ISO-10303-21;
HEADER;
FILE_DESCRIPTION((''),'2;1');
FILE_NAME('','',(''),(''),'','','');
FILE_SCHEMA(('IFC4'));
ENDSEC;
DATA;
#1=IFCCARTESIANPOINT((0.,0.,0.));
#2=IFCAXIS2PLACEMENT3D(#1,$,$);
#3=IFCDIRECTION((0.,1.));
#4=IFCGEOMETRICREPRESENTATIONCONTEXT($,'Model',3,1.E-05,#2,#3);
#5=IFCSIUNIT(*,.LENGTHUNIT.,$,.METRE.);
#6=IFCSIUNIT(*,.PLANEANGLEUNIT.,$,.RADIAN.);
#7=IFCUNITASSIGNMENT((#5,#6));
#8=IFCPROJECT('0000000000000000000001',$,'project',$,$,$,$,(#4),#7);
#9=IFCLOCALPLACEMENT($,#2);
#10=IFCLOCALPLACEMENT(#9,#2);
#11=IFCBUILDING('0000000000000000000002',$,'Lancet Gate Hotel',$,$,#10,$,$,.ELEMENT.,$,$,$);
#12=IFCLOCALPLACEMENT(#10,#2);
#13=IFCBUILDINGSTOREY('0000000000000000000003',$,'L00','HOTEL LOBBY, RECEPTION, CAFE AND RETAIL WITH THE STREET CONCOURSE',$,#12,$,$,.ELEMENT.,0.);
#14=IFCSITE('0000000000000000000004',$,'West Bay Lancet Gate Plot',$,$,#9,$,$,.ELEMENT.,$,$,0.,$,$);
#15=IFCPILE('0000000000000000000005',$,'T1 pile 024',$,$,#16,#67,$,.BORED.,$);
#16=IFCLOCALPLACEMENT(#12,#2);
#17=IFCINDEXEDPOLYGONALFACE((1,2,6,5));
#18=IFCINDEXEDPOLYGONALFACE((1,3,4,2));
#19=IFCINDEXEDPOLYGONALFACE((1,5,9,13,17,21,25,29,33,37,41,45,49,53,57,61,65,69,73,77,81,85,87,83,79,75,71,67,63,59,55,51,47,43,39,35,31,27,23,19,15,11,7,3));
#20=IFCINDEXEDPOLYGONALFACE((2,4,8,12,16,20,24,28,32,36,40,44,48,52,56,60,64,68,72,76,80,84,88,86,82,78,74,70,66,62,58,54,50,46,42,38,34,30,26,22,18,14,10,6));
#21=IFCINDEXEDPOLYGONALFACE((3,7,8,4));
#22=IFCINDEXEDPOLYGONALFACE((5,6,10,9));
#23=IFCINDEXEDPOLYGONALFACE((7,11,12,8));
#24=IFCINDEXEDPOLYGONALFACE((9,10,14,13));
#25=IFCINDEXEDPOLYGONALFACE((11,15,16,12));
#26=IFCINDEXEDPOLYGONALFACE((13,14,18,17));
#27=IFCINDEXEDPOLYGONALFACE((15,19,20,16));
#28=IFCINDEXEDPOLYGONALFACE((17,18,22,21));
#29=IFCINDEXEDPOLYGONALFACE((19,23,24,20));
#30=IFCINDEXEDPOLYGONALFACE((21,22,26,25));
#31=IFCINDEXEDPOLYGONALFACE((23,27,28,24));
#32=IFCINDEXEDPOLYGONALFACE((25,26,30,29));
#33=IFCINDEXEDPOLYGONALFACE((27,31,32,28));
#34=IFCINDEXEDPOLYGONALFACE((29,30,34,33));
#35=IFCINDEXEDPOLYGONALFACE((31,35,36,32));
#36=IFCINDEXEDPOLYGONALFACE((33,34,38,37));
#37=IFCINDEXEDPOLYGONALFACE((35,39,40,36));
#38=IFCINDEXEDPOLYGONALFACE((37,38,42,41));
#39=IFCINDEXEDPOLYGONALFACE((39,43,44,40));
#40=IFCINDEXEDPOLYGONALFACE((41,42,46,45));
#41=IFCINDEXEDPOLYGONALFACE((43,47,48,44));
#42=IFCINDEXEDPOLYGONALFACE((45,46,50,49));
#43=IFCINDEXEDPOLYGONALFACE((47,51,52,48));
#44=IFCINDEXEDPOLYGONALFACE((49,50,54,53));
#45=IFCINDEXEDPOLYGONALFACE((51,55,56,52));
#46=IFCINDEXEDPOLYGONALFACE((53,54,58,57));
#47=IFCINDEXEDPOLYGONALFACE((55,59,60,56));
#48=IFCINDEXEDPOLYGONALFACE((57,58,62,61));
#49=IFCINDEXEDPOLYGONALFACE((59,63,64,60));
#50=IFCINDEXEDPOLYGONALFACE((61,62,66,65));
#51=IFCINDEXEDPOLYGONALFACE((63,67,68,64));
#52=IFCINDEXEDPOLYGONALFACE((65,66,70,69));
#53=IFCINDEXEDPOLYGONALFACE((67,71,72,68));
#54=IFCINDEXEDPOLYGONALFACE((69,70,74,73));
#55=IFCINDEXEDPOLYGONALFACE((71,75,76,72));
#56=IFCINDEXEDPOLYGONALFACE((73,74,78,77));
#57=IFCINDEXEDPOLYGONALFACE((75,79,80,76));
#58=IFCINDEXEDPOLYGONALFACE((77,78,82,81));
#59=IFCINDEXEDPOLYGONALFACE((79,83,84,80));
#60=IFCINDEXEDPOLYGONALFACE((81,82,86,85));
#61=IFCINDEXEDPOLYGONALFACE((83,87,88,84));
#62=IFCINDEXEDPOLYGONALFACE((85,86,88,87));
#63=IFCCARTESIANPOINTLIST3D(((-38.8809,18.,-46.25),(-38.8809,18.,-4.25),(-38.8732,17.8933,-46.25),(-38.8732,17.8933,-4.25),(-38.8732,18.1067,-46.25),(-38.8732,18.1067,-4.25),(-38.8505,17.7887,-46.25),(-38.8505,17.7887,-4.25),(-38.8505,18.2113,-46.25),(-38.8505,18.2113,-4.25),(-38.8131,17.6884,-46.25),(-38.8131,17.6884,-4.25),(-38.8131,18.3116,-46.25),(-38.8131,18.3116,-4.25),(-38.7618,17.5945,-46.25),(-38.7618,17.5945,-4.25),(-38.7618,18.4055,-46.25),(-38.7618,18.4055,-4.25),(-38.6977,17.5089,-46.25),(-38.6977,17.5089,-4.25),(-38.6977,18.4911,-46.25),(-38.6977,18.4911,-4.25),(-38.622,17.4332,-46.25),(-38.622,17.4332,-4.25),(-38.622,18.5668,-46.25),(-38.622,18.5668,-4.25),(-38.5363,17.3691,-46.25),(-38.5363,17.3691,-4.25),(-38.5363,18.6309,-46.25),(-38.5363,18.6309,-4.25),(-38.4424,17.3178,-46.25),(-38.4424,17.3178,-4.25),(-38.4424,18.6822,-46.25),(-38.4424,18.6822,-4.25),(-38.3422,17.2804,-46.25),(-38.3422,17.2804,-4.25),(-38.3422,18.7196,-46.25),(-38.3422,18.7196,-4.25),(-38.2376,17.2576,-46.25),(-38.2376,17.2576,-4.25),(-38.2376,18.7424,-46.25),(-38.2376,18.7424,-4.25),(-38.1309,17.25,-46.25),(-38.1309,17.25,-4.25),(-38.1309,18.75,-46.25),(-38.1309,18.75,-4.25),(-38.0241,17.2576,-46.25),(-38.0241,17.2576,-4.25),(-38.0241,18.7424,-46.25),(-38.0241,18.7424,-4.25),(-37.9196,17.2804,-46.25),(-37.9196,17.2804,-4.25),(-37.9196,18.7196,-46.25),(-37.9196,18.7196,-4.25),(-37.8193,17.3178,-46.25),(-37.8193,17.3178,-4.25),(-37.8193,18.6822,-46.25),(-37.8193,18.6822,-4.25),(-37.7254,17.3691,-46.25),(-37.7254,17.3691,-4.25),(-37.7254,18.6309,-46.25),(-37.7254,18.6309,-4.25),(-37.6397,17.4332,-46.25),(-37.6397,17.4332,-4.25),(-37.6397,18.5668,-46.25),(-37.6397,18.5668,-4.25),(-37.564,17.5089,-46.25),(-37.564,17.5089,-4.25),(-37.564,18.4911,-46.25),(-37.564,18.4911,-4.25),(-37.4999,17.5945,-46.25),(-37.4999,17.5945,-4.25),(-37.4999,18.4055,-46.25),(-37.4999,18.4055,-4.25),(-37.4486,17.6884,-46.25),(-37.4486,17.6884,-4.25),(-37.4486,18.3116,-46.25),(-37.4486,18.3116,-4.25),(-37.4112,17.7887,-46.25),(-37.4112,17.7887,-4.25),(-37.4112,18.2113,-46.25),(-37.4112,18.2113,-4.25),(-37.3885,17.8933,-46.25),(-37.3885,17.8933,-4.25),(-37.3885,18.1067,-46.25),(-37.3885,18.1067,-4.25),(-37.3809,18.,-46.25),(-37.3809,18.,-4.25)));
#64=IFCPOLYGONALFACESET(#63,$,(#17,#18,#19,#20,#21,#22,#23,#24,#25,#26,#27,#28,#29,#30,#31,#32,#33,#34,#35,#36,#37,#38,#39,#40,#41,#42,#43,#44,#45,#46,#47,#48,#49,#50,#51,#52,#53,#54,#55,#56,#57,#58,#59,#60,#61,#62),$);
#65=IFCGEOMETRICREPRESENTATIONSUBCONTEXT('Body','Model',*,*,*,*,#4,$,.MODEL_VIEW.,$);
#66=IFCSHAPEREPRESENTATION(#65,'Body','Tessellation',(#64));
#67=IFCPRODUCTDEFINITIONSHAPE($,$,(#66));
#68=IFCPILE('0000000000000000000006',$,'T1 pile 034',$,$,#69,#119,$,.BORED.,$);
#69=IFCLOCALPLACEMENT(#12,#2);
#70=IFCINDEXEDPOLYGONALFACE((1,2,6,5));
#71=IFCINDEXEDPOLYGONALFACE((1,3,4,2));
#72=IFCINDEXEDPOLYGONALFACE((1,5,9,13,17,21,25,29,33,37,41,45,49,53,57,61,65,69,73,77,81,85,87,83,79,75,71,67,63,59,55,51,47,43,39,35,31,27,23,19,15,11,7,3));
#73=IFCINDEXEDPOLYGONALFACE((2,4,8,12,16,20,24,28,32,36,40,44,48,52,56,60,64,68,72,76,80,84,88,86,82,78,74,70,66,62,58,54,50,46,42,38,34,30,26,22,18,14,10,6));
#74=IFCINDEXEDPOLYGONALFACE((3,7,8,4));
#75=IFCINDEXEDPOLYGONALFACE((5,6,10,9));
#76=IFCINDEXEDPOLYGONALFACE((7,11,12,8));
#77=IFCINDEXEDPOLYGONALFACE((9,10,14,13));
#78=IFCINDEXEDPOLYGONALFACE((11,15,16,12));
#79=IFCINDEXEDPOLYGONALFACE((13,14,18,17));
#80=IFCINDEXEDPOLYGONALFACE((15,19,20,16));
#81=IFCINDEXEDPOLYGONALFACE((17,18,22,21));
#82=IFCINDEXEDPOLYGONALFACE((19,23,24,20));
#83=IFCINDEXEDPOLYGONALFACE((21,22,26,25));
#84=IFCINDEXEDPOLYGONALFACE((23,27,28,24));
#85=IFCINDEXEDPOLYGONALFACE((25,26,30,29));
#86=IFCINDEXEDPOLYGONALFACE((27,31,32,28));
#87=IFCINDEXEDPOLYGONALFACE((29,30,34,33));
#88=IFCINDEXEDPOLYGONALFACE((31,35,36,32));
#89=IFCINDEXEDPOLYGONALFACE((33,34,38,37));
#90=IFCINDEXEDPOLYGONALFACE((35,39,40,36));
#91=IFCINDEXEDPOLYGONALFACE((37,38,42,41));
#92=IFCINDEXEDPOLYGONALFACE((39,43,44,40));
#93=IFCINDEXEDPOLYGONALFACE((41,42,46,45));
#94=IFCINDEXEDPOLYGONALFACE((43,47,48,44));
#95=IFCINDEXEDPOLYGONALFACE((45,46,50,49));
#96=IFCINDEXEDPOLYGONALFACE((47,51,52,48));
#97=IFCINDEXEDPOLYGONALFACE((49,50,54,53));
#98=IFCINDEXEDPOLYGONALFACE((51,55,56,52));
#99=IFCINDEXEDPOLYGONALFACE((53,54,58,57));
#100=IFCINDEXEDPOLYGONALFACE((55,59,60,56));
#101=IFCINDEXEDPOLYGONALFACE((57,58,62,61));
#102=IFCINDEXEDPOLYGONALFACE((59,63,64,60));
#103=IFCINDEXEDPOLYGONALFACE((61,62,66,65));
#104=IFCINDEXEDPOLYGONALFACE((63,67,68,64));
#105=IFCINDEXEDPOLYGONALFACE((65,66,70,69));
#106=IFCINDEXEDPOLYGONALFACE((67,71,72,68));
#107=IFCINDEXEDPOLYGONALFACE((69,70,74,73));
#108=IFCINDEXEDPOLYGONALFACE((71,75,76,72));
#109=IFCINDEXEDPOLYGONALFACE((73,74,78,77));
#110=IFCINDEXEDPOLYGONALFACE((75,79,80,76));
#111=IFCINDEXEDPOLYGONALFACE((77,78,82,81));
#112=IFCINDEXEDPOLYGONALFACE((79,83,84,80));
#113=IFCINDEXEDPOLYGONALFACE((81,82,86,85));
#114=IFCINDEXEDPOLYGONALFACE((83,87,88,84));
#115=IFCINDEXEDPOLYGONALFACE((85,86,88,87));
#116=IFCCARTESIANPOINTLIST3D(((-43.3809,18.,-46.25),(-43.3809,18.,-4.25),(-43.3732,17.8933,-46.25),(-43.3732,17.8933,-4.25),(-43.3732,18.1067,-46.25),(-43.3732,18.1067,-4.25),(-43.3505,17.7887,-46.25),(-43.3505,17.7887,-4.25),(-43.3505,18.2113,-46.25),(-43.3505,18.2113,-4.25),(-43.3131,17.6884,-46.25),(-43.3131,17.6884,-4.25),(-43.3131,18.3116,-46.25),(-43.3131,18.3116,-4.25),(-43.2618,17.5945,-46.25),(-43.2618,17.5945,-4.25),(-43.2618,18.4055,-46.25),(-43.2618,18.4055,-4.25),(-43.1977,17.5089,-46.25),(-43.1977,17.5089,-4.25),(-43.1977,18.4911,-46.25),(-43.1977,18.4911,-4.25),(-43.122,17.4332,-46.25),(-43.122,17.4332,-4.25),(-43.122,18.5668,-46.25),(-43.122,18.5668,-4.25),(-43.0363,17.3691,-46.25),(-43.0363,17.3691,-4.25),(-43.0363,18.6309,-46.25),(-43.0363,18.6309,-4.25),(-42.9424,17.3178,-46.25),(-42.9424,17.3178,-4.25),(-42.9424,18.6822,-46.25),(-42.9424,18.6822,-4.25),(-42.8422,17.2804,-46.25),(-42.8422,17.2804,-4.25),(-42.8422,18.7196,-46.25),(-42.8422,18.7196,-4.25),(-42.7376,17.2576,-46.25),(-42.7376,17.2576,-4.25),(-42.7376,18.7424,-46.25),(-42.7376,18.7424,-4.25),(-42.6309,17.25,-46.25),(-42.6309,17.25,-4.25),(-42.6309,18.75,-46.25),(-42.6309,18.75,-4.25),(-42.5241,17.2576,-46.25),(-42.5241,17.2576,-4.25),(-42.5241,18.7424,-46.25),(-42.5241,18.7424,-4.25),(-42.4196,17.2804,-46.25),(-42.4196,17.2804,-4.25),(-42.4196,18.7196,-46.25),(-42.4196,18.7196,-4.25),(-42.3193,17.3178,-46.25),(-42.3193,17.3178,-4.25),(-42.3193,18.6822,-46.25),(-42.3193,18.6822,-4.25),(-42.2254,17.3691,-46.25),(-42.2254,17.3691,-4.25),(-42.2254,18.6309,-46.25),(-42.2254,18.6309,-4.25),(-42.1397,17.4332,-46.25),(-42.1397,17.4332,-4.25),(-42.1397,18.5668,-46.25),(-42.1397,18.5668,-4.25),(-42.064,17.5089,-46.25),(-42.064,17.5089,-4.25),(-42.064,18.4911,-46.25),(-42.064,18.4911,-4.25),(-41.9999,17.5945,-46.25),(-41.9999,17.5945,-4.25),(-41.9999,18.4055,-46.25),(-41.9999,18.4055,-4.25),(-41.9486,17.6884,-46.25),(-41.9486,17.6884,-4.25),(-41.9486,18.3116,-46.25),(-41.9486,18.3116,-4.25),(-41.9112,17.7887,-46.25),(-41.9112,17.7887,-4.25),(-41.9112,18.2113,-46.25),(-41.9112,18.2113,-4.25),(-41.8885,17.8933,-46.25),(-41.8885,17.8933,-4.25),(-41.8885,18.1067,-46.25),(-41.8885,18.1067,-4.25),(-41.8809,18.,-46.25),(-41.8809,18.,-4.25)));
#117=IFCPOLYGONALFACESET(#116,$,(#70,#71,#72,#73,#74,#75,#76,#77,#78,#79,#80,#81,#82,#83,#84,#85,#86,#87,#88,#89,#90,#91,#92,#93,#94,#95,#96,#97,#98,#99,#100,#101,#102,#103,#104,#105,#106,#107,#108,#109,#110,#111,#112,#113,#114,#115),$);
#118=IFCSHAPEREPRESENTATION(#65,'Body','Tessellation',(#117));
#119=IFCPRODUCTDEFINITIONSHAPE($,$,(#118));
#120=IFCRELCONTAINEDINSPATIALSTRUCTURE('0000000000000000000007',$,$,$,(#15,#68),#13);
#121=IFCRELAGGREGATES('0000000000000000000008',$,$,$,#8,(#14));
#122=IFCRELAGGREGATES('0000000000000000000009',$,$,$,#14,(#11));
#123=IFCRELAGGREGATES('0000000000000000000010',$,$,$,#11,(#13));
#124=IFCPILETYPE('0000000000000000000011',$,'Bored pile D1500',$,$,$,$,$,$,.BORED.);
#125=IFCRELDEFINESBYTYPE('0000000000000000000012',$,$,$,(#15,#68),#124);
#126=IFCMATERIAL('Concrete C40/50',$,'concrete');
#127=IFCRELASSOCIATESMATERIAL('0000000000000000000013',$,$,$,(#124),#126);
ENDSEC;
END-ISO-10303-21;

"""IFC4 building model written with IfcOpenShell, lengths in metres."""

from ifc_helpers import new_model, si_unit, direction, frame, origin, origin_2d, place, context, subcontext, project, spatial, circle, extrude, material, material_profile, profile_set, type_object, element, save


model = new_model("IFC4")

# Units and contexts
model_context = context("Model", 3, precision=1e-05, world=origin(), true_north=direction((0.0, 1.0)))
body_context = subcontext(model_context, "Body", "Model", "MODEL_VIEW")
ifc_project = project(units=[si_unit("LENGTHUNIT", "METRE"), si_unit("PLANEANGLEUNIT", "RADIAN")], contexts=[model_context])

# Site, building, storey
site_placement = place(None, origin())
site = spatial("IfcSite", under=ifc_project, at=site_placement, Name="West Bay Lancet Gate Plot", CompositionType="ELEMENT", RefElevation=0.0)
building_placement = place(site_placement, origin())
building = spatial("IfcBuilding", under=site, at=building_placement, Name="Lancet Gate Hotel", CompositionType="ELEMENT")
storey_placement = place(building_placement, origin())
storey = spatial("IfcBuildingStorey", under=building, at=storey_placement, Name="L00", Description="HOTEL LOBBY, RECEPTION, CAFE AND RETAIL WITH THE STREET CONCOURSE", CompositionType="ELEMENT", Elevation=0.0)

# Piles
ifc_material_1 = material(Name="Concrete C40/50", Category="concrete")
ifc_material_profile_1 = material_profile(ifc_material_1, circle(Radius=0.75, at=origin_2d()), Name="PILE D1500")
ifc_profile_set_1 = profile_set([ifc_material_profile_1], Name="Concrete C40/50")
pile_type = type_object("IfcPileType", Name="Bored pile D1500", PredefinedType="BORED", material=ifc_profile_set_1)
for number, where, z_axis, x_axis, name in (
    (1, (-38.1309, 18.0, -4.25), (0.0, 0.0, -1.0), (1.0, 0.0, 0.0), "T1 pile 024"),
    (2, (-42.6309, 18.0, -4.25), (0.0, 0.0, -1.0), (1.0, 0.0, 0.0), "T1 pile 034"),
):
    element("IfcPile", number, at=place(storey_placement, frame(where, z_axis=z_axis, x_axis=x_axis)), inside=storey, type_object=pile_type, Name=name, PredefinedType="BORED", context=body_context, shape_type="SweptSolid", body=[
        extrude(circle(Radius=0.75, at=origin_2d()), origin(), (0.0, 0.0, 1.0), 42.0),
    ])

save(model, "model.ifc")
